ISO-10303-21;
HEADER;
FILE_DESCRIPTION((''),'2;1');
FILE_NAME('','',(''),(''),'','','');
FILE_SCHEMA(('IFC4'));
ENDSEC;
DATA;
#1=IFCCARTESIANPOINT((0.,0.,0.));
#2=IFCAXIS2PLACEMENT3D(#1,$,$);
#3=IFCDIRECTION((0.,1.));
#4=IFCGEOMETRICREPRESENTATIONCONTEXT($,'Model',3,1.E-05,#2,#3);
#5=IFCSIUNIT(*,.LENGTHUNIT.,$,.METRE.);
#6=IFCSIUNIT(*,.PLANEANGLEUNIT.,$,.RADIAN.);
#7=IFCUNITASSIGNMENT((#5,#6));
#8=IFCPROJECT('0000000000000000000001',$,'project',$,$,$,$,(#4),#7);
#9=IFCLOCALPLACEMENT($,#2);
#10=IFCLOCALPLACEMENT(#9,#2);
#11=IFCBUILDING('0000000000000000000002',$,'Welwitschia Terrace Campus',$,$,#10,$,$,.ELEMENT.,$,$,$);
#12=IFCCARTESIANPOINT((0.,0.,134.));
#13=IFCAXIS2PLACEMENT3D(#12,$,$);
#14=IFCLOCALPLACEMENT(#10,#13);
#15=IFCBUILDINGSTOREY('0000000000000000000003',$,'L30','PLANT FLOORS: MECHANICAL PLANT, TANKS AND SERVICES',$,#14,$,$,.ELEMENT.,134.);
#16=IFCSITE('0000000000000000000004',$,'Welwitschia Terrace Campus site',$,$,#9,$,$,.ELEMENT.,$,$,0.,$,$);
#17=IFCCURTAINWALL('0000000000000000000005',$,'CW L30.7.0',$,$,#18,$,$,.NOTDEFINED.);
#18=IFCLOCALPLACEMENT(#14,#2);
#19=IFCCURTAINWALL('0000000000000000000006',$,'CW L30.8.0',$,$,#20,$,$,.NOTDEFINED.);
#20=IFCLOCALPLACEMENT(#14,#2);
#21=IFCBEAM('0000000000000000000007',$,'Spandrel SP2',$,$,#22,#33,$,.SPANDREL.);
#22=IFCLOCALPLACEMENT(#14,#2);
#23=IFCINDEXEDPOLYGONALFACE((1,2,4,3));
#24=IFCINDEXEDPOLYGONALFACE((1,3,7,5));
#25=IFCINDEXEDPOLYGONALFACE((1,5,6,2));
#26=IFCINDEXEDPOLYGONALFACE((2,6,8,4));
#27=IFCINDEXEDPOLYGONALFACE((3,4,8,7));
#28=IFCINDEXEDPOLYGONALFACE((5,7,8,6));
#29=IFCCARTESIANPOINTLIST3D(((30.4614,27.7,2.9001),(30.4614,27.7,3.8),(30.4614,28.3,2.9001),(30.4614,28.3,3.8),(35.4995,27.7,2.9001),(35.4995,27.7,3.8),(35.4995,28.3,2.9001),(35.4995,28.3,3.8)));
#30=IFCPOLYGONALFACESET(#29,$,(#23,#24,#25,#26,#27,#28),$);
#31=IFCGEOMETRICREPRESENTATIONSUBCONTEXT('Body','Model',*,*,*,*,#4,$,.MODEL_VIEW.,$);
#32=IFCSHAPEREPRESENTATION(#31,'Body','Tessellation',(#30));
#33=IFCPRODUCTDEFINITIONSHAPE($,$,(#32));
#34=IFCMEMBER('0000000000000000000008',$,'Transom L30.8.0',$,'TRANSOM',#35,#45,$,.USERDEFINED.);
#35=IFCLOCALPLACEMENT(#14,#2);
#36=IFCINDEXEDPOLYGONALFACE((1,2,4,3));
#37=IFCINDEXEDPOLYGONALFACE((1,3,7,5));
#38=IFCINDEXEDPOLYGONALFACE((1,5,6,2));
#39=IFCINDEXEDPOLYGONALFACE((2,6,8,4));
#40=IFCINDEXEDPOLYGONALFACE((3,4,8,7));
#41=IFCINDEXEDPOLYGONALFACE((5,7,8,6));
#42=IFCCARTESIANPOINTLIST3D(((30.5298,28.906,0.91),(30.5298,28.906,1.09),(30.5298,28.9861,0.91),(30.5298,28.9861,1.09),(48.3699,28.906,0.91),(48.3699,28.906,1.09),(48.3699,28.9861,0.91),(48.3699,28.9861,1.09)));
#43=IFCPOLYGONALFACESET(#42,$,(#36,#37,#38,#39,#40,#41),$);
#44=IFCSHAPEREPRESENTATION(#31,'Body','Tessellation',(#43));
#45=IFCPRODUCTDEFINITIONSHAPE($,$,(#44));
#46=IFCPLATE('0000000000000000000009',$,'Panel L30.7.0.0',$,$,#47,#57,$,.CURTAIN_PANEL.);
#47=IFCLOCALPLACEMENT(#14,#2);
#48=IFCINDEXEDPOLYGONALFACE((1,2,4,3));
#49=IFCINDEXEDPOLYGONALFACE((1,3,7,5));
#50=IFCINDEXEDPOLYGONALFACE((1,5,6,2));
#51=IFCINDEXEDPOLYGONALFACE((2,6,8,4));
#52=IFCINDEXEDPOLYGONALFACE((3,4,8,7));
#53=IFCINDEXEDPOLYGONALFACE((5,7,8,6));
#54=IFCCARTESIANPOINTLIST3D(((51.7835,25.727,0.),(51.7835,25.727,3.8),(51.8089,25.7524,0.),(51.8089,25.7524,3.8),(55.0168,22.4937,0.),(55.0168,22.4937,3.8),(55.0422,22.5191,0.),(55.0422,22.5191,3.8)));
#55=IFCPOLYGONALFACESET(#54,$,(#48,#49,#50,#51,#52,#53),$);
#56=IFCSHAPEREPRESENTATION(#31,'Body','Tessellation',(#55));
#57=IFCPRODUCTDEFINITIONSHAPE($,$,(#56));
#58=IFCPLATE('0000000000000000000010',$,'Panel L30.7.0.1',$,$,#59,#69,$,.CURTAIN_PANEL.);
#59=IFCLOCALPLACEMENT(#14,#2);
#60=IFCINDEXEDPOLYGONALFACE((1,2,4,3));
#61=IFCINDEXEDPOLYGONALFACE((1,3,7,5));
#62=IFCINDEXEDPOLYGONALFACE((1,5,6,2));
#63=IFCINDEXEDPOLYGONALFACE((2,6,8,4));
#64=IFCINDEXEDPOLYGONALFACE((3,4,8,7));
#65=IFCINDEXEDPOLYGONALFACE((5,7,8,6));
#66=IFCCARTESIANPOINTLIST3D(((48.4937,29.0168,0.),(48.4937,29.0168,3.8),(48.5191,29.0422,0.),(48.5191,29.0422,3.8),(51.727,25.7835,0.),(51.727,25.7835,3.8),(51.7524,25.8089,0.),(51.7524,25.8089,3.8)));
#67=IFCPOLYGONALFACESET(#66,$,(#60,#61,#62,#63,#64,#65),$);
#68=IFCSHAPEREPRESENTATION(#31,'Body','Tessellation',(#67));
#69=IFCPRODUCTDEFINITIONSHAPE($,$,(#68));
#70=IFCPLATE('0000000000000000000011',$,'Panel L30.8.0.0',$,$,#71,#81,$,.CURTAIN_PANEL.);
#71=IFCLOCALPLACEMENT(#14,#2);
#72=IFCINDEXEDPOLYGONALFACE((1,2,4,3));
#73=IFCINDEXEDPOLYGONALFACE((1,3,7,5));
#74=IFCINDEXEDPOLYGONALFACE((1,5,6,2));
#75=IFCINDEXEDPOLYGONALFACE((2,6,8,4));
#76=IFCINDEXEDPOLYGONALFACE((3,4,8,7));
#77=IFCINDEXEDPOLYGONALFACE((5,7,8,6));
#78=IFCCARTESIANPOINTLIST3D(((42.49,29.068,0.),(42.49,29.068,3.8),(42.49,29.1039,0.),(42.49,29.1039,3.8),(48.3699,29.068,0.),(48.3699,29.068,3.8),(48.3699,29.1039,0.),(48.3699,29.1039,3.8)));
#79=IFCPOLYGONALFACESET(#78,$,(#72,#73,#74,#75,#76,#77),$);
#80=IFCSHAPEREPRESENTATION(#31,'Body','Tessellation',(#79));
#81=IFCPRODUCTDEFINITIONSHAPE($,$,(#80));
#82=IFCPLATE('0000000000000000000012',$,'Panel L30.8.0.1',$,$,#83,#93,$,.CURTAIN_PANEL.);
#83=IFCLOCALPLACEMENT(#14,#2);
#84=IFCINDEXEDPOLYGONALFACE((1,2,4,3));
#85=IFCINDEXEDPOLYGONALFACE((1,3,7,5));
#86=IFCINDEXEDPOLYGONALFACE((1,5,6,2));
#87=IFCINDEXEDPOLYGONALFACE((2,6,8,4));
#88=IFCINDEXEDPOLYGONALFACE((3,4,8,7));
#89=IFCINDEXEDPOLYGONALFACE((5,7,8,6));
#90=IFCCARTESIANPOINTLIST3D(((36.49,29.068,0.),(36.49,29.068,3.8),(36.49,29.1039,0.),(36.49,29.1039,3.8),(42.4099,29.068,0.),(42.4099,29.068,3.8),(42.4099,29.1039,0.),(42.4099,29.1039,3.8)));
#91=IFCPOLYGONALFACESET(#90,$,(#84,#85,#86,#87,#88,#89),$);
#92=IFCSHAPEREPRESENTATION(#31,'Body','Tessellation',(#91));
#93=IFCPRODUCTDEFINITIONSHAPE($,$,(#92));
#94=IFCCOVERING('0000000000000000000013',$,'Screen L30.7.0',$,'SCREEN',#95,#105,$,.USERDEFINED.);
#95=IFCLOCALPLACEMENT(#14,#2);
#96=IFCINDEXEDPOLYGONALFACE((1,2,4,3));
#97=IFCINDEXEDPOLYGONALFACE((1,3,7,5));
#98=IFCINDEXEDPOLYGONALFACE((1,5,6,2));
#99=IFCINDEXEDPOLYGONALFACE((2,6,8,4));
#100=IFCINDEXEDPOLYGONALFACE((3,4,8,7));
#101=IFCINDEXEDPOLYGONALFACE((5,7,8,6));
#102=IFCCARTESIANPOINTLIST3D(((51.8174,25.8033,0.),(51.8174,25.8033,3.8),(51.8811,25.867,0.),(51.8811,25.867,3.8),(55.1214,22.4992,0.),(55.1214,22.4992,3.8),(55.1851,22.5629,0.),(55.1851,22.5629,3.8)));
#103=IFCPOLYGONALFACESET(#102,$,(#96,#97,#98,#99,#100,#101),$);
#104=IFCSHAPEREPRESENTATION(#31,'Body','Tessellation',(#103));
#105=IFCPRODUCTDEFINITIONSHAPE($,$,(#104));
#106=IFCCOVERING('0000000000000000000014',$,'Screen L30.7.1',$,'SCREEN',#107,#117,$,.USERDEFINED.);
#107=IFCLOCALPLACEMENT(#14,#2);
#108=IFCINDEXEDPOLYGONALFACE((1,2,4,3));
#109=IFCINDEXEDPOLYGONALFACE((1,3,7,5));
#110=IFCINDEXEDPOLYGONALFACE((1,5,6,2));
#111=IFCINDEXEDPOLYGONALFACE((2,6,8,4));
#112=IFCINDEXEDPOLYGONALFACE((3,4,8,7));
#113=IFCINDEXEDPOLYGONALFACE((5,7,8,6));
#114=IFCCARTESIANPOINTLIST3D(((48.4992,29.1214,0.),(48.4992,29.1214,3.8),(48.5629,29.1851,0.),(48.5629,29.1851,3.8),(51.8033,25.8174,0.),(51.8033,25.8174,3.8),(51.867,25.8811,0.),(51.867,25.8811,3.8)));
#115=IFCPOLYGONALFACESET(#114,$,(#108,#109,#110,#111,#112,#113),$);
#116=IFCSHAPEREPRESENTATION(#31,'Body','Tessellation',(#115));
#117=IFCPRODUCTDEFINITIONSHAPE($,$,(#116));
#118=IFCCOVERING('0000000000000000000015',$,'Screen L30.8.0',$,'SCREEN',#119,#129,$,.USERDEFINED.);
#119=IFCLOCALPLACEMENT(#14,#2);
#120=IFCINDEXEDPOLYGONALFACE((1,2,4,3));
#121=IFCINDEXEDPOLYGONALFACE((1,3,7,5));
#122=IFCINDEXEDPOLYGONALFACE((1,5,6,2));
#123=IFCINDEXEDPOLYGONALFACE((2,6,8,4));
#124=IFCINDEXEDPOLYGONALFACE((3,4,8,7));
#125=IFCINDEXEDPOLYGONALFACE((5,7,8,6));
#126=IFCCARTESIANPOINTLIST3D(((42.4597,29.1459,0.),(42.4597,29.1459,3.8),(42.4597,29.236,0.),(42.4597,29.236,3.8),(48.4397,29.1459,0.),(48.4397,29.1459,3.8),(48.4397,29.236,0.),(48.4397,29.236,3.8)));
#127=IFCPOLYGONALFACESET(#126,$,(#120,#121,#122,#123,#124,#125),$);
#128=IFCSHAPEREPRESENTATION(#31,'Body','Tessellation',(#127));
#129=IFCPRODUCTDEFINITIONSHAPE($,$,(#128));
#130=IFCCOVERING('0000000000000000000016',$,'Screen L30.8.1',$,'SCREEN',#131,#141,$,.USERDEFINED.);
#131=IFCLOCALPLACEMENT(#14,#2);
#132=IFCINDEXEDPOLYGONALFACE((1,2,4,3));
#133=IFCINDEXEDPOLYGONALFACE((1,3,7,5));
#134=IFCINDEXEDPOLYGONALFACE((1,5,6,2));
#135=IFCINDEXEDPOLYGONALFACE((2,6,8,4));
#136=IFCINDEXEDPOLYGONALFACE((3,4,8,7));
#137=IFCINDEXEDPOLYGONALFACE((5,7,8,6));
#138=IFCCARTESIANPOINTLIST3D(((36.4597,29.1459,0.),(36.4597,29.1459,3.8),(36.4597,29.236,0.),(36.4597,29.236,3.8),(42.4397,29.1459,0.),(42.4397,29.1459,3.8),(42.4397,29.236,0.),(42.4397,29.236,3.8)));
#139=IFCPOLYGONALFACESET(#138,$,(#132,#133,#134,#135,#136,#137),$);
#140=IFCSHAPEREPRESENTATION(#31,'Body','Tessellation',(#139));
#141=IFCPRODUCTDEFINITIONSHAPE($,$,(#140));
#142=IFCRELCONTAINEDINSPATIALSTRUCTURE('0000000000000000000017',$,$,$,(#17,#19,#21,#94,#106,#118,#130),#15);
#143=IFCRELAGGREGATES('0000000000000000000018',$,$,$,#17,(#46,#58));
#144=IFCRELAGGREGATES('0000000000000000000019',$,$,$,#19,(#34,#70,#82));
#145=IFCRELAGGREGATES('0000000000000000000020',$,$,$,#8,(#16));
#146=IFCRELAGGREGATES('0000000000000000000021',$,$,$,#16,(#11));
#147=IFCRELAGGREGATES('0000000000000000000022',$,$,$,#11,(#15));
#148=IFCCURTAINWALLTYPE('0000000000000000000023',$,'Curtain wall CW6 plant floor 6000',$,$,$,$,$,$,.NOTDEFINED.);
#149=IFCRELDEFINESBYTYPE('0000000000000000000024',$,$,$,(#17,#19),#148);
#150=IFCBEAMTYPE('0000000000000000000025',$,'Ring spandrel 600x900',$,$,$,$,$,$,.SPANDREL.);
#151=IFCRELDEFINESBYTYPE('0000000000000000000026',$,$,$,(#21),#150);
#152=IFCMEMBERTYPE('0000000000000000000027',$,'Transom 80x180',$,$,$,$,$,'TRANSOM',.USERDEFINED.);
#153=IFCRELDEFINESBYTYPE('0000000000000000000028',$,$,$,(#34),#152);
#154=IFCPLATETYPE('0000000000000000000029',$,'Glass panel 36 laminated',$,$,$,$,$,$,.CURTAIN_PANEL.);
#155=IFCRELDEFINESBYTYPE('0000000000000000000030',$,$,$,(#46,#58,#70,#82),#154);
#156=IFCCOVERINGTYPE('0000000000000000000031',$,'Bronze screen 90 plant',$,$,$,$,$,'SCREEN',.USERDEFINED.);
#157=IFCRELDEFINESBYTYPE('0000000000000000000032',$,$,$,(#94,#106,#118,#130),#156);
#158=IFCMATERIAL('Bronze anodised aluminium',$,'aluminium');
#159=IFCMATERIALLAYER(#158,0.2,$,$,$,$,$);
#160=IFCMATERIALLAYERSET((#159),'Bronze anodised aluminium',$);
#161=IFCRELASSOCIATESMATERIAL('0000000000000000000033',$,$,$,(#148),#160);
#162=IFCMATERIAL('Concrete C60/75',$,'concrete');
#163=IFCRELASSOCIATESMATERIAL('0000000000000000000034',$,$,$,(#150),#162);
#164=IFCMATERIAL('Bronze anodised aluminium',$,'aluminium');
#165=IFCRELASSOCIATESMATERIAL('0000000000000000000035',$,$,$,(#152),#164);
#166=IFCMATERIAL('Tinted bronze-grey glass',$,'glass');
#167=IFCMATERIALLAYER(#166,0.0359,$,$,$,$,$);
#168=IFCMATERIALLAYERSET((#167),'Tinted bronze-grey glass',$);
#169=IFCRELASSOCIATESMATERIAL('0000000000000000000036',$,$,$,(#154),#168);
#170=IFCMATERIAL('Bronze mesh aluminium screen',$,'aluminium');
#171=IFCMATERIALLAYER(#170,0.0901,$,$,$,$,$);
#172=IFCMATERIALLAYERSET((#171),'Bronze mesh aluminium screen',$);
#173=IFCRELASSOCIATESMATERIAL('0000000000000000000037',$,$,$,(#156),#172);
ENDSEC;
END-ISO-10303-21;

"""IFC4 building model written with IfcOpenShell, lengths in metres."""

from ifc_helpers import new_model, si_unit, direction, frame, origin, origin_2d, place, context, subcontext, project, spatial, rectangle, extrude, material, layer, layer_set, material_profile, profile_set, type_object, element, aggregate, save


model = new_model("IFC4")

# Units and contexts
model_context = context("Model", 3, precision=1e-05, world=origin(), true_north=direction((0.0, 1.0)))
body_context = subcontext(model_context, "Body", "Model", "MODEL_VIEW")
ifc_project = project(units=[si_unit("LENGTHUNIT", "METRE"), si_unit("PLANEANGLEUNIT", "RADIAN")], contexts=[model_context])

# Site, building, storey
site_placement = place(None, origin())
site = spatial("IfcSite", under=ifc_project, at=site_placement, Name="Welwitschia Terrace Campus site", CompositionType="ELEMENT", RefElevation=0.0)
building_placement = place(site_placement, origin())
building = spatial("IfcBuilding", under=site, at=building_placement, Name="Welwitschia Terrace Campus", CompositionType="ELEMENT")
storey_placement = place(building_placement, frame((0.0, 0.0, 134.0)))
storey = spatial("IfcBuildingStorey", under=building, at=storey_placement, Name="L30", Description="PLANT FLOORS: MECHANICAL PLANT, TANKS AND SERVICES", CompositionType="ELEMENT", Elevation=134.0)

# Shared definitions
ifc_material_1 = material(Name="Bronze anodised aluminium", Category="aluminium")
ifc_layer_1 = layer(ifc_material_1, 0.2)
ifc_layer_set_1 = layer_set([ifc_layer_1], Name="Bronze anodised aluminium")
curtain_wall_type = type_object("IfcCurtainWallType", Name="Curtain wall CW6 plant floor 6000", PredefinedType="NOTDEFINED", material=ifc_layer_set_1)

# Curtain walls
curtain_wall_1_placement = place(storey_placement, origin())
curtain_wall_1 = element("IfcCurtainWall", 1, at=curtain_wall_1_placement, inside=storey, type_object=curtain_wall_type, Name="CW L30.7.0", PredefinedType="NOTDEFINED")
curtain_wall_2_placement = place(storey_placement, origin())
curtain_wall_2 = element("IfcCurtainWall", 2, at=curtain_wall_2_placement, inside=storey, type_object=curtain_wall_type, Name="CW L30.8.0", PredefinedType="NOTDEFINED")

# Beam
ifc_material_2 = material(Name="Concrete C60/75", Category="concrete")
ifc_material_profile_1 = material_profile(ifc_material_2, rectangle(XDim=0.6001, YDim=0.8999, at=origin_2d()))
ifc_profile_set_1 = profile_set([ifc_material_profile_1], Name="Concrete C60/75")
beam_type = type_object("IfcBeamType", Name="Ring spandrel 600x900", PredefinedType="SPANDREL", material=ifc_profile_set_1)
beam_1_placement = place(storey_placement, frame((35.4995, 28.0, 3.3501), z_axis=(-1.0, 0.0, 0.0), x_axis=(0.0, -1.0, 0.0)))
element("IfcBeam", 3, at=beam_1_placement, inside=storey, type_object=beam_type, Name="Spandrel SP2", PredefinedType="SPANDREL", context=body_context, shape_type="SweptSolid", body=[
    extrude(rectangle(XDim=0.6001, YDim=0.8999, at=origin_2d()), origin(), (0.0, 0.0, 1.0), 5.0381),
])

# Member
ifc_material_3 = material(Name="Bronze anodised aluminium", Category="aluminium")
ifc_material_profile_2 = material_profile(ifc_material_3, rectangle(XDim=0.0801, YDim=0.1799, at=origin_2d()))
ifc_profile_set_2 = profile_set([ifc_material_profile_2], Name="Bronze anodised aluminium")
member_type_1 = type_object("IfcMemberType", Name="Transom 80x180", ElementType="TRANSOM", PredefinedType="USERDEFINED", material=ifc_profile_set_2)
member_1_placement = place(storey_placement, frame((48.3699, 28.946, 1.0), z_axis=(-1.0, 0.0, 0.0), x_axis=(0.0, -1.0, 0.0)))
member_1 = element("IfcMember", 4, at=member_1_placement, type_object=member_type_1, Name="Transom L30.8.0", ObjectType="TRANSOM", PredefinedType="USERDEFINED", context=body_context, shape_type="SweptSolid", body=[
    extrude(rectangle(XDim=0.0801, YDim=0.1799, at=origin_2d()), origin(), (0.0, 0.0, 1.0), 17.8401),
])

# Plates
ifc_material_4 = material(Name="Tinted bronze-grey glass", Category="glass")
ifc_layer_2 = layer(ifc_material_4, 0.0359)
ifc_layer_set_2 = layer_set([ifc_layer_2], Name="Tinted bronze-grey glass")
plate_type = type_object("IfcPlateType", Name="Glass panel 36 laminated", PredefinedType="CURTAIN_PANEL", material=ifc_layer_set_2)
plate_1_placement = place(storey_placement, frame((53.4128, 24.123, 0.0), z_axis=(0.0, 0.0, 1.0), x_axis=(-0.707107, 0.707107, 0.0)))
plate_1 = element("IfcPlate", 5, at=plate_1_placement, type_object=plate_type, Name="Panel L30.7.0.0", PredefinedType="CURTAIN_PANEL", context=body_context, shape_type="SweptSolid", body=[
    extrude(rectangle(XDim=4.5725, YDim=0.0359, at=origin_2d()), origin(), (0.0, 0.0, 1.0), 3.8),
])
plate_2_placement = place(storey_placement, frame((50.123, 27.4128, 0.0), z_axis=(0.0, 0.0, 1.0), x_axis=(-0.707107, 0.707107, 0.0)))
plate_2 = element("IfcPlate", 6, at=plate_2_placement, type_object=plate_type, Name="Panel L30.7.0.1", PredefinedType="CURTAIN_PANEL", context=body_context, shape_type="SweptSolid", body=[
    extrude(rectangle(XDim=4.5725, YDim=0.0359, at=origin_2d()), origin(), (0.0, 0.0, 1.0), 3.8),
])
aggregate(curtain_wall_1, [plate_1, plate_2])
plate_3_placement = place(storey_placement, frame((45.4299, 29.0859, 0.0), z_axis=(0.0, 0.0, 1.0), x_axis=(-1.0, 0.0, 0.0)))
plate_3 = element("IfcPlate", 7, at=plate_3_placement, type_object=plate_type, Name="Panel L30.8.0.0", PredefinedType="CURTAIN_PANEL", context=body_context, shape_type="SweptSolid", body=[
    extrude(rectangle(XDim=5.8799, YDim=0.0359, at=origin_2d()), origin(), (0.0, 0.0, 1.0), 3.8),
])
plate_4_placement = place(storey_placement, frame((39.45, 29.0859, 0.0), z_axis=(0.0, 0.0, 1.0), x_axis=(-1.0, 0.0, 0.0)))
plate_4 = element("IfcPlate", 8, at=plate_4_placement, type_object=plate_type, Name="Panel L30.8.0.1", PredefinedType="CURTAIN_PANEL", context=body_context, shape_type="SweptSolid", body=[
    extrude(rectangle(XDim=5.9199, YDim=0.0359, at=origin_2d()), origin(), (0.0, 0.0, 1.0), 3.8),
])
aggregate(curtain_wall_2, [member_1, plate_3, plate_4])

# Coverings
ifc_material_5 = material(Name="Bronze mesh aluminium screen", Category="aluminium")
ifc_layer_3 = layer(ifc_material_5, 0.0901)
ifc_layer_set_3 = layer_set([ifc_layer_3], Name="Bronze mesh aluminium screen")
covering_type = type_object("IfcCoveringType", Name="Bronze screen 90 plant", ElementType="SCREEN", PredefinedType="USERDEFINED", material=ifc_layer_set_3)
for number, where, z_axis, x_axis, name in (
    (9, (53.5012, 24.1831, 0.0), (0.0, 0.0, 1.0), (-0.707107, 0.707107, 0.0), "Screen L30.7.0"),
    (10, (50.1831, 27.5012, 0.0), (0.0, 0.0, 1.0), (-0.707107, 0.707107, 0.0), "Screen L30.7.1"),
):
    element("IfcCovering", number, at=place(storey_placement, frame(where, z_axis=z_axis, x_axis=x_axis)), inside=storey, type_object=covering_type, Name=name, ObjectType="SCREEN", PredefinedType="USERDEFINED", context=body_context, shape_type="SweptSolid", body=[
        extrude(rectangle(XDim=4.6726, YDim=0.0901, at=origin_2d()), origin(), (0.0, 0.0, 1.0), 3.8),
    ])
for number, where, z_axis, x_axis, name in (
    (11, (45.4497, 29.1909, 0.0), (0.0, 0.0, 1.0), (-1.0, 0.0, 0.0), "Screen L30.8.0"),
    (12, (39.4497, 29.1909, 0.0), (0.0, 0.0, 1.0), (-1.0, 0.0, 0.0), "Screen L30.8.1"),
):
    element("IfcCovering", number, at=place(storey_placement, frame(where, z_axis=z_axis, x_axis=x_axis)), inside=storey, type_object=covering_type, Name=name, ObjectType="SCREEN", PredefinedType="USERDEFINED", context=body_context, shape_type="SweptSolid", body=[
        extrude(rectangle(XDim=5.98, YDim=0.0901, at=origin_2d()), origin(), (0.0, 0.0, 1.0), 3.8),
    ])

save(model, "model.ifc")
